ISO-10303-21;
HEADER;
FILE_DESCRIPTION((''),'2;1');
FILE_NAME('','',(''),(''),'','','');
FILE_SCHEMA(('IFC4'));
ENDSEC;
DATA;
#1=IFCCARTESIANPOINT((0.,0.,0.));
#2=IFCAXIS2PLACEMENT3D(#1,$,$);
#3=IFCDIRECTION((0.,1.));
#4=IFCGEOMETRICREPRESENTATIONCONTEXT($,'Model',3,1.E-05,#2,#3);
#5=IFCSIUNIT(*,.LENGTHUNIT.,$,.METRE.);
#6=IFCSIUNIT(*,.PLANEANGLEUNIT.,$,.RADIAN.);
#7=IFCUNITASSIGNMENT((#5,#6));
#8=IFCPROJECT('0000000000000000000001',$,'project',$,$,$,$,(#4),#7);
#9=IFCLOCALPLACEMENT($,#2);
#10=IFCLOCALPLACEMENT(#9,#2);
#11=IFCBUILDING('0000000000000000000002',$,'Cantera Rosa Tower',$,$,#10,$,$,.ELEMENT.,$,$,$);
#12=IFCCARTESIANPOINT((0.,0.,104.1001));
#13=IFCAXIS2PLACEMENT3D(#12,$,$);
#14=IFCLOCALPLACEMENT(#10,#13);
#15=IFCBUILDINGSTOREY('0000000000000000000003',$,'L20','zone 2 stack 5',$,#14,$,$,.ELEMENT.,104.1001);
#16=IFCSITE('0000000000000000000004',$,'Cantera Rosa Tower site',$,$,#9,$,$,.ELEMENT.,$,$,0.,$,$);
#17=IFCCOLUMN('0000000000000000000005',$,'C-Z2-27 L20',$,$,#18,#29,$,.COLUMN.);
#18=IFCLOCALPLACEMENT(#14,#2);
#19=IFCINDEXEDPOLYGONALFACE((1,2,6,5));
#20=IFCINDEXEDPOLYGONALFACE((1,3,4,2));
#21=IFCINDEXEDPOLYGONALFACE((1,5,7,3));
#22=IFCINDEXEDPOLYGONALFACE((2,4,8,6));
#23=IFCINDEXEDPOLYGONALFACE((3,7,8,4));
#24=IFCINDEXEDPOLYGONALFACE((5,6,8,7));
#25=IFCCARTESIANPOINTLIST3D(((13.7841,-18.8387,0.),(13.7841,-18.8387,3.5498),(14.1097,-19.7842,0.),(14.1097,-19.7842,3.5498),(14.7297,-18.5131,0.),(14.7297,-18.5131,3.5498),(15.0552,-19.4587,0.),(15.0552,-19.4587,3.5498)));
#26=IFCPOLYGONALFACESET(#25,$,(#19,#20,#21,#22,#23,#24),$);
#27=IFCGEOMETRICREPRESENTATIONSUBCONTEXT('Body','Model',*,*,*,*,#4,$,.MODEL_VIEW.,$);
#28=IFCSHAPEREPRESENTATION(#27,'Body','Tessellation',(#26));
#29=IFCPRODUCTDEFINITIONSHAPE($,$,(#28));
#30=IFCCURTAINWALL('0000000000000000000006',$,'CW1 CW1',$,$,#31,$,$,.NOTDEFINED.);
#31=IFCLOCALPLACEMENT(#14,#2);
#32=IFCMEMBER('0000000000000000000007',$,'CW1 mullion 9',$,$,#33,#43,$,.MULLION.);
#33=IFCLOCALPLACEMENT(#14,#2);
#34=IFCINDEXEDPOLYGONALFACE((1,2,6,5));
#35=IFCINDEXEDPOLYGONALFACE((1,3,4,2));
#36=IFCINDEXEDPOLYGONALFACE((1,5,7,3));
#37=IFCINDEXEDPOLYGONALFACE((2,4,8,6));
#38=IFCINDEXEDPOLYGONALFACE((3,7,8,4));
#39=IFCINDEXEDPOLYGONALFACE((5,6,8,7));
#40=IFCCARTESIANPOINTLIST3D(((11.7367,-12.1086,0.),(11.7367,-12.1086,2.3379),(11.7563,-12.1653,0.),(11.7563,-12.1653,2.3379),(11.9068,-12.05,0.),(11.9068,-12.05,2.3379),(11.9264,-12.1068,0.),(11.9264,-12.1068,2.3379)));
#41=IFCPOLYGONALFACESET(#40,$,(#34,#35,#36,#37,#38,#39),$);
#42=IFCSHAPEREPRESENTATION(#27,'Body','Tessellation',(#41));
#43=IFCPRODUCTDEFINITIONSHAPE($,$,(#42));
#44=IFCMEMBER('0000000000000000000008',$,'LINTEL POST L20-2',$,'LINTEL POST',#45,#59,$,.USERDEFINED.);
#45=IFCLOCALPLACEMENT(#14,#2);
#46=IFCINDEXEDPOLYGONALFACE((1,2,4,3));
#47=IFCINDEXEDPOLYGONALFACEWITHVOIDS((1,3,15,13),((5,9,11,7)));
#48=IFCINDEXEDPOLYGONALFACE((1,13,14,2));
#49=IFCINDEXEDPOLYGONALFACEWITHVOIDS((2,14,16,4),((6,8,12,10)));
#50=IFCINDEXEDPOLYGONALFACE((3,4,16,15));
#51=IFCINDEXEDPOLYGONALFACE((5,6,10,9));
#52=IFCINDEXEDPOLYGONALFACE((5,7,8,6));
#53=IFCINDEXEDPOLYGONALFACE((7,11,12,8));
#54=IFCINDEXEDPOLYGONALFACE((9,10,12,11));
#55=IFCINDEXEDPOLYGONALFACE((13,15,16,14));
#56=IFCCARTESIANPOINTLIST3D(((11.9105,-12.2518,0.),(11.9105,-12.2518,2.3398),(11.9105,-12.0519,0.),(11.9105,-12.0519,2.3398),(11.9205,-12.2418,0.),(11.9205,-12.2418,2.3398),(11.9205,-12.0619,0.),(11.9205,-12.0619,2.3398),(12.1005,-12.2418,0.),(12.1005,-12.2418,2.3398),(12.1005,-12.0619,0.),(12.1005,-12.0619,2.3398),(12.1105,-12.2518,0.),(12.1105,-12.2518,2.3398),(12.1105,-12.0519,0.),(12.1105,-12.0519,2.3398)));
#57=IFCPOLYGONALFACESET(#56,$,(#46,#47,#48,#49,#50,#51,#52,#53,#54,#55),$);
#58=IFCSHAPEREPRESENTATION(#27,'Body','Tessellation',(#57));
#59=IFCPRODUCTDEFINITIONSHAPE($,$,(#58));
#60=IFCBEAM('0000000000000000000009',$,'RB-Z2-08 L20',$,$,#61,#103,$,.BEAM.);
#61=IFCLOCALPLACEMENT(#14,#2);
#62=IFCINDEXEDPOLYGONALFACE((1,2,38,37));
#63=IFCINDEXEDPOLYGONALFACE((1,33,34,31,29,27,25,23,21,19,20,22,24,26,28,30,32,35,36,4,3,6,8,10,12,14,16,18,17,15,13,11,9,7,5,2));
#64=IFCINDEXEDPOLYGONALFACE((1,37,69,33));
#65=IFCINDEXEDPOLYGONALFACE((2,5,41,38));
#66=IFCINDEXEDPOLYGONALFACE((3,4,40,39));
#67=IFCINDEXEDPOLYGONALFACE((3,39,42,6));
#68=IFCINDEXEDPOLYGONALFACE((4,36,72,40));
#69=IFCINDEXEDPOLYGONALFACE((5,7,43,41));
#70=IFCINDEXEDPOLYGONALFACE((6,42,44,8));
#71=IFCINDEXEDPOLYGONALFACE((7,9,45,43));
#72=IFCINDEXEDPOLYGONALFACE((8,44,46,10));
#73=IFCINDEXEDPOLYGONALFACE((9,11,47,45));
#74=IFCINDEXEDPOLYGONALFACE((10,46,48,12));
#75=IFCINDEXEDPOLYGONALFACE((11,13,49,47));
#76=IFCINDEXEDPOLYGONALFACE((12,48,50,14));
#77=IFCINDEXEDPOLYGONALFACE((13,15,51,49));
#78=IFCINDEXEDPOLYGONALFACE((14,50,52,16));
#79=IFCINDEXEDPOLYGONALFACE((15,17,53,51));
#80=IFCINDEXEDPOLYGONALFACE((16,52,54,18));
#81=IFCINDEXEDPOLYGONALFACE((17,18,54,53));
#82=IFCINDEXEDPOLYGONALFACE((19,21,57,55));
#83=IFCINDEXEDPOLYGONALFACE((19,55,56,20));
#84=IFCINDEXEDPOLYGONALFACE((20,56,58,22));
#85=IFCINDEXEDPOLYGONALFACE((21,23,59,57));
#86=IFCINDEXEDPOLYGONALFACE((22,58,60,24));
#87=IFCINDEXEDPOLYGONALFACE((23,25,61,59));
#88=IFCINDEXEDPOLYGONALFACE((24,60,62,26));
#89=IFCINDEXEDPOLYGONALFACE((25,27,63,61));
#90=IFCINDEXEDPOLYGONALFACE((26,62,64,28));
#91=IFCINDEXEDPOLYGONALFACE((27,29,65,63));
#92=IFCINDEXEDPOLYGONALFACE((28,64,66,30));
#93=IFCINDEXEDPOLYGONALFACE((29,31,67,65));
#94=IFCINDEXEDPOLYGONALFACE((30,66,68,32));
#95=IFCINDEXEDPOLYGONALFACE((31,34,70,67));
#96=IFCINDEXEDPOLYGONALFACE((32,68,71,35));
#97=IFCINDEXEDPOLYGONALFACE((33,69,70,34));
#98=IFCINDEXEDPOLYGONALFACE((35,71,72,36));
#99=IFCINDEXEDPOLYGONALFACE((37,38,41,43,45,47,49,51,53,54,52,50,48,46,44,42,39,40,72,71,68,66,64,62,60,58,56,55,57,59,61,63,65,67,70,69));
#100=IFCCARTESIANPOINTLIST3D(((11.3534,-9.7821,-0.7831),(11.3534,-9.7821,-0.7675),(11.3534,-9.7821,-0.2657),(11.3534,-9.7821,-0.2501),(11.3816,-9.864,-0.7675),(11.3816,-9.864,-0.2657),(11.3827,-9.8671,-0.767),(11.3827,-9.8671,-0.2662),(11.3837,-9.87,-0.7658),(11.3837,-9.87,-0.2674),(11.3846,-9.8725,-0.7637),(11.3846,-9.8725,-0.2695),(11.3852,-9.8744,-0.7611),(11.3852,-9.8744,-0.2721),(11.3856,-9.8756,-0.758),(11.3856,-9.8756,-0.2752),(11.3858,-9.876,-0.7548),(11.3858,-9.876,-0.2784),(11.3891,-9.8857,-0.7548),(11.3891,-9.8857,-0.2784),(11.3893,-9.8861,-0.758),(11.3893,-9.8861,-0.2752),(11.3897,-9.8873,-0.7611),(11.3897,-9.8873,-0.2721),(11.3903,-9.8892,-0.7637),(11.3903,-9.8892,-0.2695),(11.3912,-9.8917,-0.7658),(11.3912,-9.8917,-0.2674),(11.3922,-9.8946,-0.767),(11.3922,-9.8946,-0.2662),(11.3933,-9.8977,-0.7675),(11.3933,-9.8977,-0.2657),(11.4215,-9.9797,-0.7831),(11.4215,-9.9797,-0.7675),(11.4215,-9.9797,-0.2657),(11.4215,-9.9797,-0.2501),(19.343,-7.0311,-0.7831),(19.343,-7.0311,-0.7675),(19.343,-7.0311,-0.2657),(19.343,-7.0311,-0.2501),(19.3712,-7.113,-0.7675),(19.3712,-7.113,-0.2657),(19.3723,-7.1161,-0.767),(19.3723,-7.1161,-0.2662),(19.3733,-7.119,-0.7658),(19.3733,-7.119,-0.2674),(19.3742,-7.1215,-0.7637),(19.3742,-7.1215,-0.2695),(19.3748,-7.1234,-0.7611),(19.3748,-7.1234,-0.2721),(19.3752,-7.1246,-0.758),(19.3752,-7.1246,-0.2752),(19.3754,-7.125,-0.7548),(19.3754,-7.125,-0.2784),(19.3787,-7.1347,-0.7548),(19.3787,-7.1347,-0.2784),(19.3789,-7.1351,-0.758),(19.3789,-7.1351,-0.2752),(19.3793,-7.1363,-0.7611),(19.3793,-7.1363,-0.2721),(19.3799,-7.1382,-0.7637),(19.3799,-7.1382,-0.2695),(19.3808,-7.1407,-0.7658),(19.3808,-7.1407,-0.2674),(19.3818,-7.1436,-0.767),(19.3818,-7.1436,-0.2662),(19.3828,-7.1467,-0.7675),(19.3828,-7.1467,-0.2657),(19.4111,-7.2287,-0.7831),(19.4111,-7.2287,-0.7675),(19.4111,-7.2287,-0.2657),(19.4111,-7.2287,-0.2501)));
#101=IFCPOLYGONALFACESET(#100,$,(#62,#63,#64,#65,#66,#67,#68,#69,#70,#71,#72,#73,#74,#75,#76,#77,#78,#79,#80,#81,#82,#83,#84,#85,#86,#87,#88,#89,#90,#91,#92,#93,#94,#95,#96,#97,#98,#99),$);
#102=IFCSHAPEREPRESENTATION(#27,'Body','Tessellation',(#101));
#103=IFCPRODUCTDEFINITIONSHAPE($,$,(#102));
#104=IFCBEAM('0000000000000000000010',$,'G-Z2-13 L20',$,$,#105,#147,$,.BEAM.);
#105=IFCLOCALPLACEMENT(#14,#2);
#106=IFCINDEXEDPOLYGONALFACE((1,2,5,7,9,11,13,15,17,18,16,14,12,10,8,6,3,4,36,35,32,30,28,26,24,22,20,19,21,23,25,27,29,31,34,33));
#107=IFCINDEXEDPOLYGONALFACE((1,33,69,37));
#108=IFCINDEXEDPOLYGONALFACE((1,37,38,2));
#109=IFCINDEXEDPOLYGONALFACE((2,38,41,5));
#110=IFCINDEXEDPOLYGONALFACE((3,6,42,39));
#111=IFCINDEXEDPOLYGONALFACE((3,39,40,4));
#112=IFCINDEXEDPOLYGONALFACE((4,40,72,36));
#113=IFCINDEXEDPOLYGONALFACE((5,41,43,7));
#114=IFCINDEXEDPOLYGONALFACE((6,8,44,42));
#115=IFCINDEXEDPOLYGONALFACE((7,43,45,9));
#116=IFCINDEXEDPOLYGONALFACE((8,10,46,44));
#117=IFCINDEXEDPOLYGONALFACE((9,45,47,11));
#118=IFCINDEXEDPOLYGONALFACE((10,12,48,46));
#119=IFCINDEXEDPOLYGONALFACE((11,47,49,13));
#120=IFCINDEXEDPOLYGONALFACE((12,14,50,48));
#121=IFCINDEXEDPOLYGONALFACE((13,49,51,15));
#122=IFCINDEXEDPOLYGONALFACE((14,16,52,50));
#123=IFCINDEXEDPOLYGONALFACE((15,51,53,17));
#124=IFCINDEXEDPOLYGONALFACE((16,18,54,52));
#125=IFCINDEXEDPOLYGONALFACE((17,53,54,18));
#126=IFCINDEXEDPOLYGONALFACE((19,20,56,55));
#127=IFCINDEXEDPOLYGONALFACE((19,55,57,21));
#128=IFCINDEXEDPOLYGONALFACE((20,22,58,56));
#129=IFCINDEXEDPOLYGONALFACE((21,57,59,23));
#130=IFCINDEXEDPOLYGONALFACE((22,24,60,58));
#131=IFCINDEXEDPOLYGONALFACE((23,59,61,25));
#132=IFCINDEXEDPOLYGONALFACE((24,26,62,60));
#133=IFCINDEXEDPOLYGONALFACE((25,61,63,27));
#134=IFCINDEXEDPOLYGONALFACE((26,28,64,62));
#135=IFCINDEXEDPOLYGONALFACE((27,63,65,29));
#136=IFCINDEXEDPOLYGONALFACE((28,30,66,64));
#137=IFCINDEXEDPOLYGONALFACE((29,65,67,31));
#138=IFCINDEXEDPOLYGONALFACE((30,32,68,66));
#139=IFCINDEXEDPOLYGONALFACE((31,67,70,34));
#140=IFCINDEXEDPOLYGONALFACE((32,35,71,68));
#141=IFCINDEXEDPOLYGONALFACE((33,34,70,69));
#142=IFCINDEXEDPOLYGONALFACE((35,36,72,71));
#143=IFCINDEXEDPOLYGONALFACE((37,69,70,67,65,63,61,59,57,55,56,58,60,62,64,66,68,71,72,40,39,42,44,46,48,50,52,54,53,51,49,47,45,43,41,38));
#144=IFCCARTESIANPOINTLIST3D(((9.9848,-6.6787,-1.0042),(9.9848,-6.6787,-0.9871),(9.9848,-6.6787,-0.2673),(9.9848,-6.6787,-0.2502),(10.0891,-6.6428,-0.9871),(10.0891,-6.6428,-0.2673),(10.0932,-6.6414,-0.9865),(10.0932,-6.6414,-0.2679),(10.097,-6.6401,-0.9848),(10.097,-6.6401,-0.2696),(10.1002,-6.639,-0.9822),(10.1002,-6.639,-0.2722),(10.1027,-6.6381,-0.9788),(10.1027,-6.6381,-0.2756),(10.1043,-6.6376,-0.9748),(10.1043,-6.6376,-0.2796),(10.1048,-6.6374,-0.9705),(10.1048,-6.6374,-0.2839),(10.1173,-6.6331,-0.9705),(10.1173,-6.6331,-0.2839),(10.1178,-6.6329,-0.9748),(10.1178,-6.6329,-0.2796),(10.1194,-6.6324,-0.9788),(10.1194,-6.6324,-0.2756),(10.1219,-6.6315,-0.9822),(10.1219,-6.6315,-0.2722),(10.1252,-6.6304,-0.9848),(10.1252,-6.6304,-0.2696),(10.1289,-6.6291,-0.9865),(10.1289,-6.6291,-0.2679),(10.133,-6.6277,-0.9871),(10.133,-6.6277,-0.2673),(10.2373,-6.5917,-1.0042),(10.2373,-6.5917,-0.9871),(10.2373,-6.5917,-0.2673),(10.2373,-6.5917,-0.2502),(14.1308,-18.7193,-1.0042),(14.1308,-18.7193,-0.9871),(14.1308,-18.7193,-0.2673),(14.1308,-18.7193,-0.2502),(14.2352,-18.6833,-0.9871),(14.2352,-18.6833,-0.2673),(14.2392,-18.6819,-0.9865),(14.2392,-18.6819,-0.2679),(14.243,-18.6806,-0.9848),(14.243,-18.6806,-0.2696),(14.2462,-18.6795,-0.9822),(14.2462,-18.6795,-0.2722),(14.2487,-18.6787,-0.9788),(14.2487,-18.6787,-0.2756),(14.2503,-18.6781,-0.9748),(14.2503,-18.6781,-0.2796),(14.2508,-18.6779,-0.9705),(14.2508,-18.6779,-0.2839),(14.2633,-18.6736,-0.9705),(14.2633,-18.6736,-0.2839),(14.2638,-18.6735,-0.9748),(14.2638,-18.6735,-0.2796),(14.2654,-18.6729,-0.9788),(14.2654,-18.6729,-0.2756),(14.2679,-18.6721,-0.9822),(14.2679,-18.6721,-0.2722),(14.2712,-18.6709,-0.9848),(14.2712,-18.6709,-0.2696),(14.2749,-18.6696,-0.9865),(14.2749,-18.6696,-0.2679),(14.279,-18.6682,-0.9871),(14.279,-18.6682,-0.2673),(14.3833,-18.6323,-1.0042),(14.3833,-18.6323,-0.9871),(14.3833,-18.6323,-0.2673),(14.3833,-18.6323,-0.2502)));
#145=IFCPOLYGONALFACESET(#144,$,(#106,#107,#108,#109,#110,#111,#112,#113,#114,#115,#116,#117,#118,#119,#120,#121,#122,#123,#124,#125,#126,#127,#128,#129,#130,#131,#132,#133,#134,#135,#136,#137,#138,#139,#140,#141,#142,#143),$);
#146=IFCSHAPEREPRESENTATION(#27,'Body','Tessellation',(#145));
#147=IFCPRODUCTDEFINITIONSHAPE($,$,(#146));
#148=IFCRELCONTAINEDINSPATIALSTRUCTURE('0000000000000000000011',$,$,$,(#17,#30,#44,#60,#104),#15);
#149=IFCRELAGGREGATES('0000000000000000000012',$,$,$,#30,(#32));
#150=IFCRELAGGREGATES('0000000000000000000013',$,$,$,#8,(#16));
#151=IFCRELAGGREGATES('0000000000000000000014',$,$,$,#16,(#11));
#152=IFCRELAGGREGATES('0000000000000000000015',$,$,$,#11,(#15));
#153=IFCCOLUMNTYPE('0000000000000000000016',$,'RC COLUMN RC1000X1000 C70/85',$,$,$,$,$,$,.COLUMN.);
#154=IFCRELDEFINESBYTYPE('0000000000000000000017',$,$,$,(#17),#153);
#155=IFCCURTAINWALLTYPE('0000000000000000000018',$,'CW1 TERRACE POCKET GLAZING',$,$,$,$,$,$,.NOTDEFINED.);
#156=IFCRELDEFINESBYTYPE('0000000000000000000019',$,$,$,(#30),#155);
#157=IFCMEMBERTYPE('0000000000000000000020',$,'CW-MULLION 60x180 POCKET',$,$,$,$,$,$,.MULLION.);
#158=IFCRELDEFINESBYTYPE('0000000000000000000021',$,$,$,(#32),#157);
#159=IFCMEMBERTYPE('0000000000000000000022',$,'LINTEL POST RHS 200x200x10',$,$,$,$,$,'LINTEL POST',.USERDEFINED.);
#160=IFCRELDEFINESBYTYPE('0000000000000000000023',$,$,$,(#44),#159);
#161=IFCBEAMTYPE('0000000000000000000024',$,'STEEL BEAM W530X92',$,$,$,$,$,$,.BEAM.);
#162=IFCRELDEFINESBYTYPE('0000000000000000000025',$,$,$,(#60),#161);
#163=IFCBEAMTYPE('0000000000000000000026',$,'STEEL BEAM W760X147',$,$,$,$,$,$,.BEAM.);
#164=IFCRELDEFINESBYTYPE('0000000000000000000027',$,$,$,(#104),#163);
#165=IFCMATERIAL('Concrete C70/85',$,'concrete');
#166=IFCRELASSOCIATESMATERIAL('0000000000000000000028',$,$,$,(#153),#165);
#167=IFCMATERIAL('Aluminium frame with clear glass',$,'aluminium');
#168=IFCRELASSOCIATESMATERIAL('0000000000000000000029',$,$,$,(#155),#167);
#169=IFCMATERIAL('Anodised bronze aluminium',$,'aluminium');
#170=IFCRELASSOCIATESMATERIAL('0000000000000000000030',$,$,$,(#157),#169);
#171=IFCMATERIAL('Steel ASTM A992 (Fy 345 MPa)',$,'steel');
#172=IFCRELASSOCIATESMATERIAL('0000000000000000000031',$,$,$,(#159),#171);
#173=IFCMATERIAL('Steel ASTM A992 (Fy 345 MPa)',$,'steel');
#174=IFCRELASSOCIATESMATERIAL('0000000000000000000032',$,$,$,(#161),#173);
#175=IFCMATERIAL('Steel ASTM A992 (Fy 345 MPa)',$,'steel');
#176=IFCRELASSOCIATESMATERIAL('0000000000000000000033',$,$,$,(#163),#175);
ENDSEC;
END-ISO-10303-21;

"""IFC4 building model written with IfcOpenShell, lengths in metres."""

from ifc_helpers import new_model, si_unit, direction, frame, origin, origin_2d, place, context, subcontext, project, spatial, rectangle, hollow_rectangle, i_section, extrude, material, material_profile, profile_set, type_object, element, aggregate, save


model = new_model("IFC4")

# Units and contexts
model_context = context("Model", 3, precision=1e-05, world=origin(), true_north=direction((0.0, 1.0)))
body_context = subcontext(model_context, "Body", "Model", "MODEL_VIEW")
ifc_project = project(units=[si_unit("LENGTHUNIT", "METRE"), si_unit("PLANEANGLEUNIT", "RADIAN")], contexts=[model_context])

# Site, building, storey
site_placement = place(None, origin())
site = spatial("IfcSite", under=ifc_project, at=site_placement, Name="Cantera Rosa Tower site", CompositionType="ELEMENT", RefElevation=0.0)
building_placement = place(site_placement, origin())
building = spatial("IfcBuilding", under=site, at=building_placement, Name="Cantera Rosa Tower", CompositionType="ELEMENT")
storey_placement = place(building_placement, frame((0.0, 0.0, 104.1001)))
storey = spatial("IfcBuildingStorey", under=building, at=storey_placement, Name="L20", Description="zone 2 stack 5", CompositionType="ELEMENT", Elevation=104.1001)

# Column
ifc_material_1 = material(Name="Concrete C70/85", Category="concrete")
ifc_material_profile_1 = material_profile(ifc_material_1, rectangle(XDim=1.0, YDim=1.0, at=origin_2d()), Name="RC COLUMN RC1000X1000 C70/85")
ifc_profile_set_1 = profile_set([ifc_material_profile_1], Name="Concrete C70/85")
column_type = type_object("IfcColumnType", Name="RC COLUMN RC1000X1000 C70/85", PredefinedType="COLUMN", material=ifc_profile_set_1)
column_placement = place(storey_placement, frame((14.4197, -19.1487, 0.0), z_axis=(0.0, 0.0, 1.0), x_axis=(0.945519, 0.325568, 0.0)))
element("IfcColumn", 1, at=column_placement, inside=storey, type_object=column_type, Name="C-Z2-27 L20", PredefinedType="COLUMN", context=body_context, shape_type="SweptSolid", body=[
    extrude(rectangle(XDim=1.0, YDim=1.0, at=origin_2d()), origin(), (0.0, 0.0, 1.0), 3.5498),
])

# Curtain wall, member
ifc_material_2 = material(Name="Aluminium frame with clear glass", Category="aluminium")
curtain_wall_type = type_object("IfcCurtainWallType", Name="CW1 TERRACE POCKET GLAZING", PredefinedType="NOTDEFINED", material=ifc_material_2)
curtain_wall_placement = place(storey_placement, origin())
curtain_wall = element("IfcCurtainWall", 2, at=curtain_wall_placement, inside=storey, type_object=curtain_wall_type, Name="CW1 CW1", PredefinedType="NOTDEFINED")
ifc_material_3 = material(Name="Anodised bronze aluminium", Category="aluminium")
ifc_material_profile_2 = material_profile(ifc_material_3, rectangle(XDim=0.0601, YDim=0.1799, at=origin_2d()), Name="CW-MULLION 60x180 POCKET")
ifc_profile_set_2 = profile_set([ifc_material_profile_2], Name="Anodised bronze aluminium")
member_type_1 = type_object("IfcMemberType", Name="CW-MULLION 60x180 POCKET", PredefinedType="MULLION", material=ifc_profile_set_2)
member_1_placement = place(storey_placement, frame((11.8315, -12.1077, 0.0), z_axis=(0.0, 0.0, 1.0), x_axis=(-0.325568, 0.945519, 0.0)))
member_1 = element("IfcMember", 3, at=member_1_placement, type_object=member_type_1, Name="CW1 mullion 9", PredefinedType="MULLION", context=body_context, shape_type="SweptSolid", body=[
    extrude(rectangle(XDim=0.0601, YDim=0.1799, at=origin_2d()), origin(), (0.0, 0.0, 1.0), 2.3379),
])

# Member
ifc_material_4 = material(Name="Steel ASTM A992 (Fy 345 MPa)", Category="steel")
ifc_material_profile_3 = material_profile(ifc_material_4, hollow_rectangle(XDim=0.2, YDim=0.2, WallThickness=0.01, at=origin_2d()), Name="LINTEL POST RHS 200x200x10")
ifc_profile_set_3 = profile_set([ifc_material_profile_3], Name="Steel ASTM A992 (Fy 345 MPa)")
member_type_2 = type_object("IfcMemberType", Name="LINTEL POST RHS 200x200x10", ElementType="LINTEL POST", PredefinedType="USERDEFINED", material=ifc_profile_set_3)
member_2_placement = place(storey_placement, frame((12.0105, -12.1519, 0.0), z_axis=(0.0, 0.0, 1.0), x_axis=(1.0, 0.0, 0.0)))
element("IfcMember", 4, at=member_2_placement, inside=storey, type_object=member_type_2, Name="LINTEL POST L20-2", ObjectType="LINTEL POST", PredefinedType="USERDEFINED", context=body_context, shape_type="SweptSolid", body=[
    extrude(hollow_rectangle(XDim=0.2, YDim=0.2, WallThickness=0.01, at=origin_2d()), origin(), (0.0, 0.0, 1.0), 2.3398),
])

# Beams
ifc_material_5 = material(Name="Steel ASTM A992 (Fy 345 MPa)", Category="steel")
ifc_material_profile_4 = material_profile(ifc_material_5, i_section(OverallWidth=0.209, OverallDepth=0.533, WebThickness=0.0103, FlangeThickness=0.0156, FilletRadius=0.0127, at=origin_2d()), Name="W530X92")
ifc_profile_set_4 = profile_set([ifc_material_profile_4], Name="Steel ASTM A992 (Fy 345 MPa)")
beam_type_1 = type_object("IfcBeamType", Name="STEEL BEAM W530X92", PredefinedType="BEAM", material=ifc_profile_set_4)
beam_1_placement = place(storey_placement, frame((11.3875, -9.8809, -0.5166), z_axis=(0.94552, 0.325565, 0.0), x_axis=(-0.325565, 0.94552, 0.0)))
element("IfcBeam", 5, at=beam_1_placement, inside=storey, type_object=beam_type_1, Name="RB-Z2-08 L20", PredefinedType="BEAM", context=body_context, shape_type="SweptSolid", body=[
    extrude(i_section(OverallWidth=0.209, OverallDepth=0.533, WebThickness=0.0103, FlangeThickness=0.0156, FilletRadius=0.0127, at=origin_2d()), origin(), (0.0, 0.0, 1.0), 8.45),
])
ifc_material_6 = material(Name="Steel ASTM A992 (Fy 345 MPa)", Category="steel")
ifc_material_profile_5 = material_profile(ifc_material_6, i_section(OverallWidth=0.2671, OverallDepth=0.7539, WebThickness=0.0132, FlangeThickness=0.0171, FilletRadius=0.0166, at=origin_2d()), Name="W760X147")
ifc_profile_set_5 = profile_set([ifc_material_profile_5], Name="Steel ASTM A992 (Fy 345 MPa)")
beam_type_2 = type_object("IfcBeamType", Name="STEEL BEAM W760X147", PredefinedType="BEAM", material=ifc_profile_set_5)
beam_2_placement = place(storey_placement, frame((14.2571, -18.6758, -0.6272), z_axis=(-0.325576, 0.945516, 0.0), x_axis=(-0.945516, -0.325576, 0.0)))
element("IfcBeam", 6, at=beam_2_placement, inside=storey, type_object=beam_type_2, Name="G-Z2-13 L20", PredefinedType="BEAM", context=body_context, shape_type="SweptSolid", body=[
    extrude(i_section(OverallWidth=0.2671, OverallDepth=0.7539, WebThickness=0.0132, FlangeThickness=0.0171, FilletRadius=0.0166, at=origin_2d()), origin(), (0.0, 0.0, 1.0), 12.7344),
])

aggregate(curtain_wall, [member_1])

save(model, "model.ifc")
